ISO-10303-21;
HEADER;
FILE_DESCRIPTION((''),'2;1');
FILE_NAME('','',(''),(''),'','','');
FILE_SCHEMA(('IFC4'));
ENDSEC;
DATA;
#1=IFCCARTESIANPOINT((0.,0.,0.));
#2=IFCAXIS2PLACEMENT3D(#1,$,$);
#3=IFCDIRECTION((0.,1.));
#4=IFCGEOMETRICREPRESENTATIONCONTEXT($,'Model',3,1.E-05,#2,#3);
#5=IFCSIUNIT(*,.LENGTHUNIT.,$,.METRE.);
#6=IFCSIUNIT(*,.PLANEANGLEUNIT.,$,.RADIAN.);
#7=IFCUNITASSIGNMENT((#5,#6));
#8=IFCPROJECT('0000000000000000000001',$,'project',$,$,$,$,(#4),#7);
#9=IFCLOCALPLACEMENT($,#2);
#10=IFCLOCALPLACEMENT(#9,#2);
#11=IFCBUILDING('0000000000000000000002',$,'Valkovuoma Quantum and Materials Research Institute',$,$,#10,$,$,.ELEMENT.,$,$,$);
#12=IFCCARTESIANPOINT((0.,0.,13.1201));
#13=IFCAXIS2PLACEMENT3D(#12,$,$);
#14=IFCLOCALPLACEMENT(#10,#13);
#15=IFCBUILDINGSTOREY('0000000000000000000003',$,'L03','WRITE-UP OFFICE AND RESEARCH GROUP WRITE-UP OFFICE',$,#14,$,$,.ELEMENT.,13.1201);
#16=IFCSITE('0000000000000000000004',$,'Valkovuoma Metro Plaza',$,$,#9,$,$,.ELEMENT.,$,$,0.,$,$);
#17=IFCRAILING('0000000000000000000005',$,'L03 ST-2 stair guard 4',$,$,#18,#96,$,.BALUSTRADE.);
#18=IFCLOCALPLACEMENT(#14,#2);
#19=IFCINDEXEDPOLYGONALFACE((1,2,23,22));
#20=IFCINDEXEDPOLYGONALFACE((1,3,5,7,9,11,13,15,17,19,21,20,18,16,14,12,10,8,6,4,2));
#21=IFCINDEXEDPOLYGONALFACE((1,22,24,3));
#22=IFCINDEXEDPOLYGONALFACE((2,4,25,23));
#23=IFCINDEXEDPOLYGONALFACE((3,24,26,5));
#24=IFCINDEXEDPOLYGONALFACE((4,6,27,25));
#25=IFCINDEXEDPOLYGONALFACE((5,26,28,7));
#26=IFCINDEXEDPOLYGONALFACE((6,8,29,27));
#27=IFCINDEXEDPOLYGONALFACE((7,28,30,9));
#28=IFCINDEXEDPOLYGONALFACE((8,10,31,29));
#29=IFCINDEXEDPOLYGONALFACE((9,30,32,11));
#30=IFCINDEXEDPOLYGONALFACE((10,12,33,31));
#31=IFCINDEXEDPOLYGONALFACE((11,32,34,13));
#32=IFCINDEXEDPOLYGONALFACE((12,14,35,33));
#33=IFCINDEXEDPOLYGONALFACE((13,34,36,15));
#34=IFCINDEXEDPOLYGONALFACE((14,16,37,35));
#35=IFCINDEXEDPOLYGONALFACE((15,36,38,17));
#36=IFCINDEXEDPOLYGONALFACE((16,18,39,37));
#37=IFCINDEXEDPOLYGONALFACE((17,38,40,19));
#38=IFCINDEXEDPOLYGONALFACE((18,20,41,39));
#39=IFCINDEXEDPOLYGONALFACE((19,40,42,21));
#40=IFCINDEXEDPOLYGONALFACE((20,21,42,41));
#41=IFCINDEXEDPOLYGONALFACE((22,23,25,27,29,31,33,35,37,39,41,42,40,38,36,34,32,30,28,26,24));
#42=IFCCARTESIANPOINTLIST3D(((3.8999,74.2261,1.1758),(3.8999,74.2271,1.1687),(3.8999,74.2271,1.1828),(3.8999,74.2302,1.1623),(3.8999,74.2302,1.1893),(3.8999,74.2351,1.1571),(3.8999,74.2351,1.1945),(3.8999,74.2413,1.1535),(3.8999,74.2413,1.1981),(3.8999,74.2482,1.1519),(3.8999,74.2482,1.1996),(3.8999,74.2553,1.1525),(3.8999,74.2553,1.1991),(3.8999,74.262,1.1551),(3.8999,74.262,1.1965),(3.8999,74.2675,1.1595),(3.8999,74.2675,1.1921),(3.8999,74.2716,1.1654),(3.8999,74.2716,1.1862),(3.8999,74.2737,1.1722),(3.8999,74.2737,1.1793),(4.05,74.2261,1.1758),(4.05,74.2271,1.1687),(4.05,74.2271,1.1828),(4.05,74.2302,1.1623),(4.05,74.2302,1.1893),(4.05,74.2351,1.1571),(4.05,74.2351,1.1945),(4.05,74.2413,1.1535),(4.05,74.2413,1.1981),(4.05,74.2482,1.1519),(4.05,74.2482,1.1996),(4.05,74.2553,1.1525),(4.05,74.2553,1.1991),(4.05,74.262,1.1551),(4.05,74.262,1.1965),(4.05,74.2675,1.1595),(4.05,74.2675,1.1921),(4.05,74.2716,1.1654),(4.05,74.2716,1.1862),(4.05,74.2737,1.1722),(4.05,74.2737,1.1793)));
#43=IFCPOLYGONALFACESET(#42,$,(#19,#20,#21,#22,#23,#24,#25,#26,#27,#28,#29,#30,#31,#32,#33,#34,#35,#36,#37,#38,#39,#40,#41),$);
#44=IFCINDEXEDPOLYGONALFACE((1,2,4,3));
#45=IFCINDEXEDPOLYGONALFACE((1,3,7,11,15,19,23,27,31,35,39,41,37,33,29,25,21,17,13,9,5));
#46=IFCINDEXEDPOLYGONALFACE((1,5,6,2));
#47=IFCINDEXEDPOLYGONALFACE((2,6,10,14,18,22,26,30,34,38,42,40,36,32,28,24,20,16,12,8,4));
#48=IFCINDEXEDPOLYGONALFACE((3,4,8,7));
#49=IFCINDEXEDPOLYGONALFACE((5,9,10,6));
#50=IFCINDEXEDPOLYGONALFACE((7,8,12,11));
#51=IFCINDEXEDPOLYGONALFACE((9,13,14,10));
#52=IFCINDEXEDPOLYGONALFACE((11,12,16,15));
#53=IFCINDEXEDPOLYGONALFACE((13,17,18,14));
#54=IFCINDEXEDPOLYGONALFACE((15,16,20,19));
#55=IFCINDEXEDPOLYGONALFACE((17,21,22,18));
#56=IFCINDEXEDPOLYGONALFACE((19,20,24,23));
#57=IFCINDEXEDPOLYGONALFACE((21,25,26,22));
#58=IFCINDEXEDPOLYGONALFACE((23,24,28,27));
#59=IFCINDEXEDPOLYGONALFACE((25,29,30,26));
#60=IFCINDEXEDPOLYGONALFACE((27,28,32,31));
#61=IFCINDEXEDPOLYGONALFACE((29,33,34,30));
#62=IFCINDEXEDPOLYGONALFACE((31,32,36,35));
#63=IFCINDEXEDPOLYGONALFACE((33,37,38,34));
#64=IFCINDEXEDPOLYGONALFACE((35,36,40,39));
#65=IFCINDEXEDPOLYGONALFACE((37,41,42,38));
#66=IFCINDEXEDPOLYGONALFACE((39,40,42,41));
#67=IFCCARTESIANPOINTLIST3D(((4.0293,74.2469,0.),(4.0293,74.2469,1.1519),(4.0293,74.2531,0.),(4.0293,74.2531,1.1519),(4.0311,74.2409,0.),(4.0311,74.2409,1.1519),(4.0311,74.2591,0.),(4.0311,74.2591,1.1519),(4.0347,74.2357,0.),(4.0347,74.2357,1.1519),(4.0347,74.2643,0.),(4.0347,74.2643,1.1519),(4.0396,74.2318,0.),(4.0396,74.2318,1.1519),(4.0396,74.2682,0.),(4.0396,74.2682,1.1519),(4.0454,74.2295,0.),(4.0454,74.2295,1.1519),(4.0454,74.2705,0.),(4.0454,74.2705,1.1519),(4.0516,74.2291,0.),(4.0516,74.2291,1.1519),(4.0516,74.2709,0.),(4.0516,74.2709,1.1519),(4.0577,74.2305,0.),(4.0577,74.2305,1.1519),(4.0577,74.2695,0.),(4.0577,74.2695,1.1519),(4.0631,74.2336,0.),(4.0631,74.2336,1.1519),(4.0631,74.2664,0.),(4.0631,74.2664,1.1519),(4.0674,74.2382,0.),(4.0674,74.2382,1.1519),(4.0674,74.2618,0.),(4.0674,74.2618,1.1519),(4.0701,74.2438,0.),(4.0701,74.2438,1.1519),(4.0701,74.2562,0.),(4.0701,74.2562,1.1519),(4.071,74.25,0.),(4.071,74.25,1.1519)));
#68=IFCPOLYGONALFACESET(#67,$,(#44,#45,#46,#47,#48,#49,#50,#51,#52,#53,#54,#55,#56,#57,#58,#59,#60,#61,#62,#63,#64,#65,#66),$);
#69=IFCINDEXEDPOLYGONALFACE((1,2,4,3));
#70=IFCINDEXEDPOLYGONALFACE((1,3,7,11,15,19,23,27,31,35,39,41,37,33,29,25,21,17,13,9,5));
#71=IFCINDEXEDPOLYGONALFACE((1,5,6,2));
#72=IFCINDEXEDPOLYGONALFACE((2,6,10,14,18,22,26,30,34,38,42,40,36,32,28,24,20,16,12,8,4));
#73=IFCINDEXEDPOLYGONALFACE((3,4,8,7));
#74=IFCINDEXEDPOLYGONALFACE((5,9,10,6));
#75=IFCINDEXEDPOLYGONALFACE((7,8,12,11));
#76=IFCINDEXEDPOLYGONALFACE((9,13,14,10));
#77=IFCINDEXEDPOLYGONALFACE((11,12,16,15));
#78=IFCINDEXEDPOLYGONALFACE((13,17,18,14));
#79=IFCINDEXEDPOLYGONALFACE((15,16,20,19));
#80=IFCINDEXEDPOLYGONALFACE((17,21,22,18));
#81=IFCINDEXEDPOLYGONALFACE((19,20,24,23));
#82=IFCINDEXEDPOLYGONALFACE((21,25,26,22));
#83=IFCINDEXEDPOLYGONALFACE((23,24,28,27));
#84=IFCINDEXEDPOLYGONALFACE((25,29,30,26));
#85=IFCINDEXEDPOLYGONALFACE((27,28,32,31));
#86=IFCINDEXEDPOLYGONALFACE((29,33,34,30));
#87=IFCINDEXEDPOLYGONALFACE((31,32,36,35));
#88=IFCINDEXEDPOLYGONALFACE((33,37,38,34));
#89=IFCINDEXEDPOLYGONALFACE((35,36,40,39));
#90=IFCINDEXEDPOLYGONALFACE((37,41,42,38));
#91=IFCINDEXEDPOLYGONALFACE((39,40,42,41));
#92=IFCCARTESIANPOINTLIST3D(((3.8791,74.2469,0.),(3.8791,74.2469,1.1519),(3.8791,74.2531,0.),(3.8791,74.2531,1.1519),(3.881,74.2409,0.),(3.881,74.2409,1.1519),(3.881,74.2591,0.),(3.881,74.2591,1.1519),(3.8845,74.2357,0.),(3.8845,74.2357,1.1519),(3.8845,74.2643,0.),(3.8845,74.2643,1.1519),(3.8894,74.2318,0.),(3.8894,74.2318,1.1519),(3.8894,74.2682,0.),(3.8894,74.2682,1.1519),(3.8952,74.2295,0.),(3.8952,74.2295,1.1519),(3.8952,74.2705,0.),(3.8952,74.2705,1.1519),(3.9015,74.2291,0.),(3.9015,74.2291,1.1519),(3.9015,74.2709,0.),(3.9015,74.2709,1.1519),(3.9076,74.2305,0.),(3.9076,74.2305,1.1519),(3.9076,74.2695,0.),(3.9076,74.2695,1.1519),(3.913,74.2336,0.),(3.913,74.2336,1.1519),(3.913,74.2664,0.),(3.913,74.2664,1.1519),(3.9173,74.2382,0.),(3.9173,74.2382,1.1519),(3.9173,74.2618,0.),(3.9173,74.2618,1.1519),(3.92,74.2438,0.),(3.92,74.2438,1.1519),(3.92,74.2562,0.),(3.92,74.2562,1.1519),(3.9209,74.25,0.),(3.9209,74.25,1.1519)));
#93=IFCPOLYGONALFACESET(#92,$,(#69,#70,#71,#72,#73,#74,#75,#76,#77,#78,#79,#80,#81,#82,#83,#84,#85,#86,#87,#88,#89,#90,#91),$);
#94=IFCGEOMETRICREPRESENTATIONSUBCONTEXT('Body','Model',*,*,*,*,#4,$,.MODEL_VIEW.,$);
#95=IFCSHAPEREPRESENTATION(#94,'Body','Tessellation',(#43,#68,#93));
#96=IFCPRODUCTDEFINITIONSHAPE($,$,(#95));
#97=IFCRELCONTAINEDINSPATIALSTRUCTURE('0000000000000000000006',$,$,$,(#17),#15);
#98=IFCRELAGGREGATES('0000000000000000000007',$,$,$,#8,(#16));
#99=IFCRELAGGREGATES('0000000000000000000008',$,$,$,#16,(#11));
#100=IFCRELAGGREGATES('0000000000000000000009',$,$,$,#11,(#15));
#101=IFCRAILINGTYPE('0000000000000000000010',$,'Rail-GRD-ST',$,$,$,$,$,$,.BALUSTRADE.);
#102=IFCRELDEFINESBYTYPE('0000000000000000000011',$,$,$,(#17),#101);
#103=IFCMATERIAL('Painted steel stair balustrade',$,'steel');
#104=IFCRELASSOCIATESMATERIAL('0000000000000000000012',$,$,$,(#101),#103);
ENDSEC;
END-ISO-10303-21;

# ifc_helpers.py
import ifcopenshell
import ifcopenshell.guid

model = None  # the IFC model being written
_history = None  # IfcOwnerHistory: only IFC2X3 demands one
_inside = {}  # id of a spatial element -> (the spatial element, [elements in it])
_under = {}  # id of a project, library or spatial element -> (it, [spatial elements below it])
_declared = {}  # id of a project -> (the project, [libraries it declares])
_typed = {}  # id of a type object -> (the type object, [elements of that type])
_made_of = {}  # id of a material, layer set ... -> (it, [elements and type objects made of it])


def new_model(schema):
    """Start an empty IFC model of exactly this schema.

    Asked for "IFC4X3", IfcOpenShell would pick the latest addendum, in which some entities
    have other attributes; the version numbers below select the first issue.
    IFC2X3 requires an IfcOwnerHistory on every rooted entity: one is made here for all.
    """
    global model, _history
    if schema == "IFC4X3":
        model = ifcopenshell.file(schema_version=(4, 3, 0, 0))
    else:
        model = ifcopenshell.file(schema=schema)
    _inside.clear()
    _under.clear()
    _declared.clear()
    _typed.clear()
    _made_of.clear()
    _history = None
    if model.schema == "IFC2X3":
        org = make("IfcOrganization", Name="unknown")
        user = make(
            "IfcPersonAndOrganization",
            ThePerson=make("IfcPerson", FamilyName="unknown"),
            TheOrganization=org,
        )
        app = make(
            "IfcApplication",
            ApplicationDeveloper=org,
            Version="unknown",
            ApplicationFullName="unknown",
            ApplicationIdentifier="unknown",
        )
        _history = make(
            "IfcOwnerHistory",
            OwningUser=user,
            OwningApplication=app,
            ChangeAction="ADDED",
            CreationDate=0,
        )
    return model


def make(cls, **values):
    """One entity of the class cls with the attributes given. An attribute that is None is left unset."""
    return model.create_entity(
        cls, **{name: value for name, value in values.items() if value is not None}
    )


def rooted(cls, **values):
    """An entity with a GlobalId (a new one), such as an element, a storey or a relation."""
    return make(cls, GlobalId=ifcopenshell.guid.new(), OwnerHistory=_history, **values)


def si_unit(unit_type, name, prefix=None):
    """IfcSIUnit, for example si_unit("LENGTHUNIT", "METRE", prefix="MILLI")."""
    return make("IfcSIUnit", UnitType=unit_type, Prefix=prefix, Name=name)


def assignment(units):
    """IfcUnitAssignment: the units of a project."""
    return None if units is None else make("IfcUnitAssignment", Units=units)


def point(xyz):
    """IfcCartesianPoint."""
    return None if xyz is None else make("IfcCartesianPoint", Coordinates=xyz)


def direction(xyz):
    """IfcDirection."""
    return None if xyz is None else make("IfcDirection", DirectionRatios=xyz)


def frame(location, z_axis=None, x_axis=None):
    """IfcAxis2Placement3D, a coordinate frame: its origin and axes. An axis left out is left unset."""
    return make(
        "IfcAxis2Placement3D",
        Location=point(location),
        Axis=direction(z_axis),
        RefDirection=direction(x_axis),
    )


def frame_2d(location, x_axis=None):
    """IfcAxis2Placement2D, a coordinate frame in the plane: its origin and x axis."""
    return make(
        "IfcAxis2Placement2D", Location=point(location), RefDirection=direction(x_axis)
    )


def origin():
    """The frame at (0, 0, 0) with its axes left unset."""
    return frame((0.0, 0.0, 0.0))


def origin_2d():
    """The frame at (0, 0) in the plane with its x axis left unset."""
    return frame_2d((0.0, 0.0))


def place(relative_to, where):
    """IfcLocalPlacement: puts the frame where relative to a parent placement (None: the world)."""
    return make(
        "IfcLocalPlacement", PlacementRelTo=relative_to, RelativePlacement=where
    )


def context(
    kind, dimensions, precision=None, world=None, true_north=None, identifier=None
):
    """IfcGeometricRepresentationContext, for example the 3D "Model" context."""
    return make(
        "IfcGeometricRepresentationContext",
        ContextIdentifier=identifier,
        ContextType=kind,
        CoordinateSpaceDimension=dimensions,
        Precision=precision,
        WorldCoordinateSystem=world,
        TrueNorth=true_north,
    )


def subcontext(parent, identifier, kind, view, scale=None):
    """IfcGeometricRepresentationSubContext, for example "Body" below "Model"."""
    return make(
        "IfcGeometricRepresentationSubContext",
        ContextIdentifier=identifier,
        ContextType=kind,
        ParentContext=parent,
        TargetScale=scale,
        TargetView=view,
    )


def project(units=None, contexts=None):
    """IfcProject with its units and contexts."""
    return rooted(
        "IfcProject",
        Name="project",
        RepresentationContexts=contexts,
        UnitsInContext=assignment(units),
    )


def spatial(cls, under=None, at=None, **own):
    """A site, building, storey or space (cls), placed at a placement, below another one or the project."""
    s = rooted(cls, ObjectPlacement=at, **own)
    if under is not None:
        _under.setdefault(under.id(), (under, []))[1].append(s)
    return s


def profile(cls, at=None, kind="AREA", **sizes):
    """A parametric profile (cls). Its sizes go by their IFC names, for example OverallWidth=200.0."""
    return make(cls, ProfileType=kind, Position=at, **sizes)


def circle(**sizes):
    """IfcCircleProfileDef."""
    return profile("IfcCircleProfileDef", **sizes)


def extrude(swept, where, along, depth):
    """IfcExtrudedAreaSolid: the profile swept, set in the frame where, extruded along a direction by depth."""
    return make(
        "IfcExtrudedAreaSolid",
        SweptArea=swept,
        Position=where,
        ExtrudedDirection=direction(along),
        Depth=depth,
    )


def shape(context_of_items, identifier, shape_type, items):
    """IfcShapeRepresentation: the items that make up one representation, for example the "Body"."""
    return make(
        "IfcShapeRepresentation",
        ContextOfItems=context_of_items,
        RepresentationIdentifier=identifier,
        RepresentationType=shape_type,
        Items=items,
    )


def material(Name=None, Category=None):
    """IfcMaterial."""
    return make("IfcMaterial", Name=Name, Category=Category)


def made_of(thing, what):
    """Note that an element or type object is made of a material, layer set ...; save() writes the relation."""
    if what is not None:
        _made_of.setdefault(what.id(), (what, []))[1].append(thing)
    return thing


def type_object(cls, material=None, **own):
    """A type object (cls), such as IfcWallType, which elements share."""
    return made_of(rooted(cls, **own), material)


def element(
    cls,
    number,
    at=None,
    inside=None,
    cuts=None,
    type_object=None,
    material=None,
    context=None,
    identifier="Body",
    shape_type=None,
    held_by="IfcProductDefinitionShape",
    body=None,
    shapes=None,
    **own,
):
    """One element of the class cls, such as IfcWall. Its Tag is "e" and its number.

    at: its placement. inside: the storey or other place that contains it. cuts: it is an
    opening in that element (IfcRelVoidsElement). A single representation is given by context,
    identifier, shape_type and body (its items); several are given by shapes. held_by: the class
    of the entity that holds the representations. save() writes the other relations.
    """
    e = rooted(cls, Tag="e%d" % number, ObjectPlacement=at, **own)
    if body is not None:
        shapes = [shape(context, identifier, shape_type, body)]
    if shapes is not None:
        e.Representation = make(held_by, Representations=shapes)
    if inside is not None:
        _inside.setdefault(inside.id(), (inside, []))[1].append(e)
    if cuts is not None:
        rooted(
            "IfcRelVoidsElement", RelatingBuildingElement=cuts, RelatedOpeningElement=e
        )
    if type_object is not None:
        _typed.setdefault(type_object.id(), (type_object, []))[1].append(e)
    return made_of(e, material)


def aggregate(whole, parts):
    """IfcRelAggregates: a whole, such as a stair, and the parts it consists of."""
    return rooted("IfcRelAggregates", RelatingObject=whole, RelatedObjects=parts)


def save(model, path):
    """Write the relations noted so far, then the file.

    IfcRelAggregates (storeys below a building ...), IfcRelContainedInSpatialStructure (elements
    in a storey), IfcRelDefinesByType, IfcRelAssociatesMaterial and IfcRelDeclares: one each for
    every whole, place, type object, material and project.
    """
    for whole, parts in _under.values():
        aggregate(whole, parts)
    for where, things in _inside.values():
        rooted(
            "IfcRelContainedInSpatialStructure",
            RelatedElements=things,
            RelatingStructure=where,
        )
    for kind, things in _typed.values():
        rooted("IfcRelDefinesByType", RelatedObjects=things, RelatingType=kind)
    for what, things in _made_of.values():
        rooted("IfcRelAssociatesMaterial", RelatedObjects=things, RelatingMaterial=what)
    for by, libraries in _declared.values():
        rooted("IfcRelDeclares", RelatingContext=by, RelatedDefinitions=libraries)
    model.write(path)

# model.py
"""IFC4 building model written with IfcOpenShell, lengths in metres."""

from ifc_helpers import new_model, si_unit, direction, frame, origin, origin_2d, place, context, subcontext, project, spatial, circle, extrude, material, type_object, element, save


model = new_model("IFC4")

# Units and contexts
model_context = context("Model", 3, precision=1e-05, world=origin(), true_north=direction((0.0, 1.0)))
body_context = subcontext(model_context, "Body", "Model", "MODEL_VIEW")
ifc_project = project(units=[si_unit("LENGTHUNIT", "METRE"), si_unit("PLANEANGLEUNIT", "RADIAN")], contexts=[model_context])

# Site, building, storey
site_placement = place(None, origin())
site = spatial("IfcSite", under=ifc_project, at=site_placement, Name="Valkovuoma Metro Plaza", CompositionType="ELEMENT", RefElevation=0.0)
building_placement = place(site_placement, origin())
building = spatial("IfcBuilding", under=site, at=building_placement, Name="Valkovuoma Quantum and Materials Research Institute", CompositionType="ELEMENT")
storey_placement = place(building_placement, frame((0.0, 0.0, 13.1201)))
storey = spatial("IfcBuildingStorey", under=building, at=storey_placement, Name="L03", Description="WRITE-UP OFFICE AND RESEARCH GROUP WRITE-UP OFFICE", CompositionType="ELEMENT", Elevation=13.1201)

# Railing
ifc_material_1 = material(Name="Painted steel stair balustrade", Category="steel")
railing_type_1 = type_object("IfcRailingType", Name="Rail-GRD-ST", PredefinedType="BALUSTRADE", material=ifc_material_1)
railing_1_placement = place(storey_placement, frame((4.05, 74.25, 0.0)))
element("IfcRailing", 1, at=railing_1_placement, inside=storey, type_object=railing_type_1, Name="L03 ST-2 stair guard 4", PredefinedType="BALUSTRADE", context=body_context, shape_type="SweptSolid", body=[
    extrude(circle(Radius=0.0239, at=origin_2d()), frame((0.0, 0.0, 1.1758), z_axis=(-1.0, 0.0, 0.0), x_axis=(0.0, -1.0, 0.0)), (0.0, 0.0, 1.0), 0.1501),
    extrude(circle(Radius=0.021, at=origin_2d()), origin(), (0.0, 0.0, 1.0), 1.1519),
    extrude(circle(Radius=0.021, at=origin_2d()), frame((-0.1501, 0.0, 0.0)), (0.0, 0.0, 1.0), 1.1519),
])

save(model, "model.ifc")
